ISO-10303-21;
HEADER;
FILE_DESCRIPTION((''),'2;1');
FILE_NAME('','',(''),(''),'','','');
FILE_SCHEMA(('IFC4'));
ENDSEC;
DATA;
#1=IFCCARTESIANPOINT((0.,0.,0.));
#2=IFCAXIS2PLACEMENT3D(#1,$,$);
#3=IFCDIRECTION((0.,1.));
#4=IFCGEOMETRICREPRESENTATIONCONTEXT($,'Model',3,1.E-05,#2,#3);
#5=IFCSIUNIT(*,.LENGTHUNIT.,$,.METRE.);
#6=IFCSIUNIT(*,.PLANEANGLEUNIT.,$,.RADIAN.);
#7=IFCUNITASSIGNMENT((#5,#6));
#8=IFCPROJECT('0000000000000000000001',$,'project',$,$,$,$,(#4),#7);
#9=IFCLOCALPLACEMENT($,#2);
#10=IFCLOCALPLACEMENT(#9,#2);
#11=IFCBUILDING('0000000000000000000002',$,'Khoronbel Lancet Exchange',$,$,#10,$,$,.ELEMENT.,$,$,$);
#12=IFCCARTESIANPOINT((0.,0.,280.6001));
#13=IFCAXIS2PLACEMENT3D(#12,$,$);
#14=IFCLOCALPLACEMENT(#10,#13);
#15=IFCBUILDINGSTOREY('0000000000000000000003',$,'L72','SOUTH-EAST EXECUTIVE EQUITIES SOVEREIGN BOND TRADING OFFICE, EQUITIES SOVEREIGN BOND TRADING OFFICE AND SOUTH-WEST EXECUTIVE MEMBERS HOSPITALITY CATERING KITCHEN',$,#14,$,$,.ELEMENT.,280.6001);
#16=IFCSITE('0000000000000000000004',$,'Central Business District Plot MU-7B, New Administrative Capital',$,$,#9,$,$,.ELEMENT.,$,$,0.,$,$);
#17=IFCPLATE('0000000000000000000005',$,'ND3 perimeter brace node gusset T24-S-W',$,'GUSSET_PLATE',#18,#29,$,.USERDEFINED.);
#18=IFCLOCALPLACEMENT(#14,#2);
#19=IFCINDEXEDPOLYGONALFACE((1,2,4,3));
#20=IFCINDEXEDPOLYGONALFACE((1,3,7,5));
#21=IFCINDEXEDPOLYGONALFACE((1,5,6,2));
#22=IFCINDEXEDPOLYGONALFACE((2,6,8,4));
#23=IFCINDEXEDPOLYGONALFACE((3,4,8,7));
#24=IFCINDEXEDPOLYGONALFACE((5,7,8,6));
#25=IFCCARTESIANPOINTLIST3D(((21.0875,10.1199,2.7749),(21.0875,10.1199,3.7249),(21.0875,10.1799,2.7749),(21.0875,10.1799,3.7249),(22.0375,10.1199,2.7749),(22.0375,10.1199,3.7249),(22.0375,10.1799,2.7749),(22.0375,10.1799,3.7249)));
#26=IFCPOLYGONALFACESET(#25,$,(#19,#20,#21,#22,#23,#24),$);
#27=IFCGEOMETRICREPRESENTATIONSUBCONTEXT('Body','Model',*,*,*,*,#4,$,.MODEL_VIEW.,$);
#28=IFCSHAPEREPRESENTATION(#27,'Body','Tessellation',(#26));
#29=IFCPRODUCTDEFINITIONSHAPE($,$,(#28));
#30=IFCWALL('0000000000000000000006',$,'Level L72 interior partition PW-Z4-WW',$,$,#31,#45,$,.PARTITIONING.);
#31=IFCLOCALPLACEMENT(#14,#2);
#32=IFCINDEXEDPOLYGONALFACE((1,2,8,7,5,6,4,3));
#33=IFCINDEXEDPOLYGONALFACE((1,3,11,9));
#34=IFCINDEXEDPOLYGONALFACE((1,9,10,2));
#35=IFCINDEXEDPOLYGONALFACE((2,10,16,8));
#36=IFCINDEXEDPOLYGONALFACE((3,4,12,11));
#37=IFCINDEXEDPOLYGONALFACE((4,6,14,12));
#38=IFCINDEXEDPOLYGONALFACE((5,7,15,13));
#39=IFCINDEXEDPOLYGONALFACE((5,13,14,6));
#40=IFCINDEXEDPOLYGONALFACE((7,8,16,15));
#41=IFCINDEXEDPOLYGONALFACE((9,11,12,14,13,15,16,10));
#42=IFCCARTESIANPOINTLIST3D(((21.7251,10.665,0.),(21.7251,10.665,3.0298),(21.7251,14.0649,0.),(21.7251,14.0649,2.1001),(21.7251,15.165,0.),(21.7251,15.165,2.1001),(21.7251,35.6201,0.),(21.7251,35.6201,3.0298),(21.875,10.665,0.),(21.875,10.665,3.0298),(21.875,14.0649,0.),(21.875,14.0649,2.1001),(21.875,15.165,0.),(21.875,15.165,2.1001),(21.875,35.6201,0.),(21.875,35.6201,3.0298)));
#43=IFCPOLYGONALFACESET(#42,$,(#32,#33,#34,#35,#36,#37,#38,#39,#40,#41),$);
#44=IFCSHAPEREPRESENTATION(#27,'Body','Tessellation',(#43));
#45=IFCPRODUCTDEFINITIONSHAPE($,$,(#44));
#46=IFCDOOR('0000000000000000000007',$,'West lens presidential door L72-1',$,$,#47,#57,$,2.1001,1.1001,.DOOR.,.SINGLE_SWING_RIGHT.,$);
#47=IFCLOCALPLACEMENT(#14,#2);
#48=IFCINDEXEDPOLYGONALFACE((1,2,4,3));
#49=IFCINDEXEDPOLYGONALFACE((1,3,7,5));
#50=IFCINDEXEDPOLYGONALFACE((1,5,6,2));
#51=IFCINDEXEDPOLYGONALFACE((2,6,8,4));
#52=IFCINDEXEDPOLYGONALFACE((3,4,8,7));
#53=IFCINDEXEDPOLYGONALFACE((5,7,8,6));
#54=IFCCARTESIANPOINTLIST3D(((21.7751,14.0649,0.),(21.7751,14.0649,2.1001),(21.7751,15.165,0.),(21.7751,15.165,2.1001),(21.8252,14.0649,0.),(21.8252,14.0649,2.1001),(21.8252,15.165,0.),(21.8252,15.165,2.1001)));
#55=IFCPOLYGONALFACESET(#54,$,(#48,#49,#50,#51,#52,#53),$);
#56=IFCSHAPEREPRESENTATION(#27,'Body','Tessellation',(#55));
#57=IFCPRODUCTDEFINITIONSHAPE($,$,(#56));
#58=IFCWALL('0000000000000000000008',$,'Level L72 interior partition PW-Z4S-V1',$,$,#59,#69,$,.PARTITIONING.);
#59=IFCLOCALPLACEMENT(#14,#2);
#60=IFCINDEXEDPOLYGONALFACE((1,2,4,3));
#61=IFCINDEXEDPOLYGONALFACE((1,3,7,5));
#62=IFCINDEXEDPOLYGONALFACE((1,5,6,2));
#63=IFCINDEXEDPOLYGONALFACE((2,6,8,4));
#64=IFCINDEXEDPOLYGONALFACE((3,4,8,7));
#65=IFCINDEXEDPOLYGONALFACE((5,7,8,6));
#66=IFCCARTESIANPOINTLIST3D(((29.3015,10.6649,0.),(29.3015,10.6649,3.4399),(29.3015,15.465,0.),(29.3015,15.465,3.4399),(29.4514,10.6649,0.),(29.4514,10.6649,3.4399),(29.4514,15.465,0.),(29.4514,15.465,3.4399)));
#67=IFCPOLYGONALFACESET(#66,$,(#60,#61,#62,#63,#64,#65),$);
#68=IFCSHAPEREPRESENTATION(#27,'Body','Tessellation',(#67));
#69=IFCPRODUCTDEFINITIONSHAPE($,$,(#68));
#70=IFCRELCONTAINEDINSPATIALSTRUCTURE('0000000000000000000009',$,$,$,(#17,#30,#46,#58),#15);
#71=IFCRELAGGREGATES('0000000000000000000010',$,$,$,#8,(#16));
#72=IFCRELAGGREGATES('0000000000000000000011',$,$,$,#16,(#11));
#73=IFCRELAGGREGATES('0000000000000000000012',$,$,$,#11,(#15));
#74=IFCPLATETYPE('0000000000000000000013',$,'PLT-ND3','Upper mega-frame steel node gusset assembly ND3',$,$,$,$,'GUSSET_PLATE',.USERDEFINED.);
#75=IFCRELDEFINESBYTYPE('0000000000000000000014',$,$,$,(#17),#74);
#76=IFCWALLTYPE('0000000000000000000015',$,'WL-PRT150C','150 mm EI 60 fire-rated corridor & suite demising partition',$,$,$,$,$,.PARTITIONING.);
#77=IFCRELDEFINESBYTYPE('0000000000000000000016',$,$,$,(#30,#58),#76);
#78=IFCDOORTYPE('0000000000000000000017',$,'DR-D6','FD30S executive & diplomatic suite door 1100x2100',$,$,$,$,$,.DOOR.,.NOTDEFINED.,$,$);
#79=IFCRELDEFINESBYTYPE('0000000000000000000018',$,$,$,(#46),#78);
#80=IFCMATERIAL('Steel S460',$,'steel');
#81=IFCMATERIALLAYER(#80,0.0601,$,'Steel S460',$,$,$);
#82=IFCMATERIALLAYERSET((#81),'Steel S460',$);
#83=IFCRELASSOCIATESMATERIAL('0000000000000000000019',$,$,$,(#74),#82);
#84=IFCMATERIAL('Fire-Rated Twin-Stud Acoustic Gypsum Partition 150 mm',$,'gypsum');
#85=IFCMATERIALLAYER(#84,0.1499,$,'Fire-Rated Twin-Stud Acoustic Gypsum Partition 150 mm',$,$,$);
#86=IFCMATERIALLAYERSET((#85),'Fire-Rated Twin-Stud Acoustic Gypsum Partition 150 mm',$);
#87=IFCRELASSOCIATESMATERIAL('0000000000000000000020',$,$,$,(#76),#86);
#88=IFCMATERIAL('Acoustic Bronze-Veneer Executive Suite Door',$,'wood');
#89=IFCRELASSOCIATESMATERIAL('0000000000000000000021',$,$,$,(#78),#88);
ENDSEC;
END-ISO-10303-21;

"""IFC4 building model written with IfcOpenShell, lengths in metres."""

from ifc_helpers import new_model, si_unit, direction, frame, frame_2d, origin, origin_2d, place, context, subcontext, project, spatial, rectangle, extrude, material, layer, layer_set, type_object, element, fill, save


model = new_model("IFC4")

# Units and contexts
model_context = context("Model", 3, precision=1e-05, world=origin(), true_north=direction((0.0, 1.0)))
body_context = subcontext(model_context, "Body", "Model", "MODEL_VIEW")
ifc_project = project(units=[si_unit("LENGTHUNIT", "METRE"), si_unit("PLANEANGLEUNIT", "RADIAN")], contexts=[model_context])

# Site, building, storey
site_placement = place(None, origin())
site = spatial("IfcSite", under=ifc_project, at=site_placement, Name="Central Business District Plot MU-7B, New Administrative Capital", CompositionType="ELEMENT", RefElevation=0.0)
building_placement = place(site_placement, origin())
building = spatial("IfcBuilding", under=site, at=building_placement, Name="Khoronbel Lancet Exchange", CompositionType="ELEMENT")
storey_placement = place(building_placement, frame((0.0, 0.0, 280.6001)))
storey = spatial("IfcBuildingStorey", under=building, at=storey_placement, Name="L72", Description="SOUTH-EAST EXECUTIVE EQUITIES SOVEREIGN BOND TRADING OFFICE, EQUITIES SOVEREIGN BOND TRADING OFFICE AND SOUTH-WEST EXECUTIVE MEMBERS HOSPITALITY CATERING KITCHEN", CompositionType="ELEMENT", Elevation=280.6001)

# Shared definitions
ifc_material_1 = material(Name="Steel S460", Category="steel")

# Plate
ifc_layer_1 = layer(ifc_material_1, 0.0601, Name="Steel S460")
ifc_layer_set_1 = layer_set([ifc_layer_1], Name="Steel S460")
plate_type_1 = type_object("IfcPlateType", Name="PLT-ND3", Description="Upper mega-frame steel node gusset assembly ND3", ElementType="GUSSET_PLATE", PredefinedType="USERDEFINED", material=ifc_layer_set_1)
plate_1_placement = place(storey_placement, frame((21.5625, 10.1499, 2.7749), z_axis=(0.0, 0.0, 1.0), x_axis=(1.0, 0.0, 0.0)))
element("IfcPlate", 1, at=plate_1_placement, inside=storey, type_object=plate_type_1, Name="ND3 perimeter brace node gusset T24-S-W", ObjectType="GUSSET_PLATE", PredefinedType="USERDEFINED", context=body_context, shape_type="SweptSolid", body=[
    extrude(rectangle(XDim=0.95, YDim=0.0601, at=origin_2d()), origin(), (0.0, 0.0, 1.0), 0.95),
])

# Wall, opening, door
ifc_material_2 = material(Name="Fire-Rated Twin-Stud Acoustic Gypsum Partition 150 mm", Category="gypsum")
ifc_layer_2 = layer(ifc_material_2, 0.1499, Name="Fire-Rated Twin-Stud Acoustic Gypsum Partition 150 mm")
ifc_layer_set_2 = layer_set([ifc_layer_2], Name="Fire-Rated Twin-Stud Acoustic Gypsum Partition 150 mm")
wall_type = type_object("IfcWallType", Name="WL-PRT150C", Description="150 mm EI 60 fire-rated corridor & suite demising partition", PredefinedType="PARTITIONING", material=ifc_layer_set_2)
wall_1_placement = place(storey_placement, frame((21.8, 10.665, 0.0), z_axis=(0.0, 0.0, 1.0), x_axis=(0.0, 1.0, 0.0)))
wall_1 = element("IfcWall", 2, at=wall_1_placement, inside=storey, type_object=wall_type, Name="Level L72 interior partition PW-Z4-WW", PredefinedType="PARTITIONING", context=body_context, shape_type="SweptSolid", body=[
    extrude(rectangle(XDim=24.9551, YDim=0.1499, at=frame_2d((12.4775, 0.0))), origin(), (0.0, 0.0, 1.0), 3.0298),
])
opening_placement = place(wall_1_placement, frame((3.3999, 0.0, 0.0)))
opening = element("IfcOpeningElement", 3, at=opening_placement, cuts=wall_1, PredefinedType="OPENING", context=body_context, shape_type="SweptSolid", body=[
    extrude(rectangle(XDim=1.1001, YDim=2.1001, at=frame_2d((0.55, 1.05))), frame((0.0, 0.085, 0.0), z_axis=(0.0, -1.0, 0.0), x_axis=(1.0, 0.0, 0.0)), (0.0, 0.0, 1.0), 0.1699),
])
ifc_material_3 = material(Name="Acoustic Bronze-Veneer Executive Suite Door", Category="wood")
door_type = type_object("IfcDoorType", Name="DR-D6", Description="FD30S executive & diplomatic suite door 1100x2100", OperationType="NOTDEFINED", PredefinedType="DOOR", material=ifc_material_3)
door_placement = place(opening_placement, origin())
door = element("IfcDoor", 4, at=door_placement, inside=storey, type_object=door_type, Name="West lens presidential door L72-1", OperationType="SINGLE_SWING_RIGHT", OverallHeight=2.1001, OverallWidth=1.1001, PredefinedType="DOOR", context=body_context, shape_type="SweptSolid", body=[
    extrude(rectangle(XDim=1.1001, YDim=2.1001, at=frame_2d((0.55, 1.05))), frame((0.0, 0.0249, 0.0), z_axis=(0.0, -1.0, 0.0), x_axis=(1.0, 0.0, 0.0)), (0.0, 0.0, 1.0), 0.05),
])
fill(opening, door)

# Wall
wall_2_placement = place(storey_placement, frame((29.3765, 10.665, 0.0), z_axis=(0.0, 0.0, 1.0), x_axis=(0.0, 1.0, 0.0)))
element("IfcWall", 5, at=wall_2_placement, inside=storey, type_object=wall_type, Name="Level L72 interior partition PW-Z4S-V1", PredefinedType="PARTITIONING", context=body_context, shape_type="SweptSolid", body=[
    extrude(rectangle(XDim=4.8, YDim=0.1499, at=frame_2d((2.3999, 0.0))), origin(), (0.0, 0.0, 1.0), 3.4399),
])

save(model, "model.ifc")
